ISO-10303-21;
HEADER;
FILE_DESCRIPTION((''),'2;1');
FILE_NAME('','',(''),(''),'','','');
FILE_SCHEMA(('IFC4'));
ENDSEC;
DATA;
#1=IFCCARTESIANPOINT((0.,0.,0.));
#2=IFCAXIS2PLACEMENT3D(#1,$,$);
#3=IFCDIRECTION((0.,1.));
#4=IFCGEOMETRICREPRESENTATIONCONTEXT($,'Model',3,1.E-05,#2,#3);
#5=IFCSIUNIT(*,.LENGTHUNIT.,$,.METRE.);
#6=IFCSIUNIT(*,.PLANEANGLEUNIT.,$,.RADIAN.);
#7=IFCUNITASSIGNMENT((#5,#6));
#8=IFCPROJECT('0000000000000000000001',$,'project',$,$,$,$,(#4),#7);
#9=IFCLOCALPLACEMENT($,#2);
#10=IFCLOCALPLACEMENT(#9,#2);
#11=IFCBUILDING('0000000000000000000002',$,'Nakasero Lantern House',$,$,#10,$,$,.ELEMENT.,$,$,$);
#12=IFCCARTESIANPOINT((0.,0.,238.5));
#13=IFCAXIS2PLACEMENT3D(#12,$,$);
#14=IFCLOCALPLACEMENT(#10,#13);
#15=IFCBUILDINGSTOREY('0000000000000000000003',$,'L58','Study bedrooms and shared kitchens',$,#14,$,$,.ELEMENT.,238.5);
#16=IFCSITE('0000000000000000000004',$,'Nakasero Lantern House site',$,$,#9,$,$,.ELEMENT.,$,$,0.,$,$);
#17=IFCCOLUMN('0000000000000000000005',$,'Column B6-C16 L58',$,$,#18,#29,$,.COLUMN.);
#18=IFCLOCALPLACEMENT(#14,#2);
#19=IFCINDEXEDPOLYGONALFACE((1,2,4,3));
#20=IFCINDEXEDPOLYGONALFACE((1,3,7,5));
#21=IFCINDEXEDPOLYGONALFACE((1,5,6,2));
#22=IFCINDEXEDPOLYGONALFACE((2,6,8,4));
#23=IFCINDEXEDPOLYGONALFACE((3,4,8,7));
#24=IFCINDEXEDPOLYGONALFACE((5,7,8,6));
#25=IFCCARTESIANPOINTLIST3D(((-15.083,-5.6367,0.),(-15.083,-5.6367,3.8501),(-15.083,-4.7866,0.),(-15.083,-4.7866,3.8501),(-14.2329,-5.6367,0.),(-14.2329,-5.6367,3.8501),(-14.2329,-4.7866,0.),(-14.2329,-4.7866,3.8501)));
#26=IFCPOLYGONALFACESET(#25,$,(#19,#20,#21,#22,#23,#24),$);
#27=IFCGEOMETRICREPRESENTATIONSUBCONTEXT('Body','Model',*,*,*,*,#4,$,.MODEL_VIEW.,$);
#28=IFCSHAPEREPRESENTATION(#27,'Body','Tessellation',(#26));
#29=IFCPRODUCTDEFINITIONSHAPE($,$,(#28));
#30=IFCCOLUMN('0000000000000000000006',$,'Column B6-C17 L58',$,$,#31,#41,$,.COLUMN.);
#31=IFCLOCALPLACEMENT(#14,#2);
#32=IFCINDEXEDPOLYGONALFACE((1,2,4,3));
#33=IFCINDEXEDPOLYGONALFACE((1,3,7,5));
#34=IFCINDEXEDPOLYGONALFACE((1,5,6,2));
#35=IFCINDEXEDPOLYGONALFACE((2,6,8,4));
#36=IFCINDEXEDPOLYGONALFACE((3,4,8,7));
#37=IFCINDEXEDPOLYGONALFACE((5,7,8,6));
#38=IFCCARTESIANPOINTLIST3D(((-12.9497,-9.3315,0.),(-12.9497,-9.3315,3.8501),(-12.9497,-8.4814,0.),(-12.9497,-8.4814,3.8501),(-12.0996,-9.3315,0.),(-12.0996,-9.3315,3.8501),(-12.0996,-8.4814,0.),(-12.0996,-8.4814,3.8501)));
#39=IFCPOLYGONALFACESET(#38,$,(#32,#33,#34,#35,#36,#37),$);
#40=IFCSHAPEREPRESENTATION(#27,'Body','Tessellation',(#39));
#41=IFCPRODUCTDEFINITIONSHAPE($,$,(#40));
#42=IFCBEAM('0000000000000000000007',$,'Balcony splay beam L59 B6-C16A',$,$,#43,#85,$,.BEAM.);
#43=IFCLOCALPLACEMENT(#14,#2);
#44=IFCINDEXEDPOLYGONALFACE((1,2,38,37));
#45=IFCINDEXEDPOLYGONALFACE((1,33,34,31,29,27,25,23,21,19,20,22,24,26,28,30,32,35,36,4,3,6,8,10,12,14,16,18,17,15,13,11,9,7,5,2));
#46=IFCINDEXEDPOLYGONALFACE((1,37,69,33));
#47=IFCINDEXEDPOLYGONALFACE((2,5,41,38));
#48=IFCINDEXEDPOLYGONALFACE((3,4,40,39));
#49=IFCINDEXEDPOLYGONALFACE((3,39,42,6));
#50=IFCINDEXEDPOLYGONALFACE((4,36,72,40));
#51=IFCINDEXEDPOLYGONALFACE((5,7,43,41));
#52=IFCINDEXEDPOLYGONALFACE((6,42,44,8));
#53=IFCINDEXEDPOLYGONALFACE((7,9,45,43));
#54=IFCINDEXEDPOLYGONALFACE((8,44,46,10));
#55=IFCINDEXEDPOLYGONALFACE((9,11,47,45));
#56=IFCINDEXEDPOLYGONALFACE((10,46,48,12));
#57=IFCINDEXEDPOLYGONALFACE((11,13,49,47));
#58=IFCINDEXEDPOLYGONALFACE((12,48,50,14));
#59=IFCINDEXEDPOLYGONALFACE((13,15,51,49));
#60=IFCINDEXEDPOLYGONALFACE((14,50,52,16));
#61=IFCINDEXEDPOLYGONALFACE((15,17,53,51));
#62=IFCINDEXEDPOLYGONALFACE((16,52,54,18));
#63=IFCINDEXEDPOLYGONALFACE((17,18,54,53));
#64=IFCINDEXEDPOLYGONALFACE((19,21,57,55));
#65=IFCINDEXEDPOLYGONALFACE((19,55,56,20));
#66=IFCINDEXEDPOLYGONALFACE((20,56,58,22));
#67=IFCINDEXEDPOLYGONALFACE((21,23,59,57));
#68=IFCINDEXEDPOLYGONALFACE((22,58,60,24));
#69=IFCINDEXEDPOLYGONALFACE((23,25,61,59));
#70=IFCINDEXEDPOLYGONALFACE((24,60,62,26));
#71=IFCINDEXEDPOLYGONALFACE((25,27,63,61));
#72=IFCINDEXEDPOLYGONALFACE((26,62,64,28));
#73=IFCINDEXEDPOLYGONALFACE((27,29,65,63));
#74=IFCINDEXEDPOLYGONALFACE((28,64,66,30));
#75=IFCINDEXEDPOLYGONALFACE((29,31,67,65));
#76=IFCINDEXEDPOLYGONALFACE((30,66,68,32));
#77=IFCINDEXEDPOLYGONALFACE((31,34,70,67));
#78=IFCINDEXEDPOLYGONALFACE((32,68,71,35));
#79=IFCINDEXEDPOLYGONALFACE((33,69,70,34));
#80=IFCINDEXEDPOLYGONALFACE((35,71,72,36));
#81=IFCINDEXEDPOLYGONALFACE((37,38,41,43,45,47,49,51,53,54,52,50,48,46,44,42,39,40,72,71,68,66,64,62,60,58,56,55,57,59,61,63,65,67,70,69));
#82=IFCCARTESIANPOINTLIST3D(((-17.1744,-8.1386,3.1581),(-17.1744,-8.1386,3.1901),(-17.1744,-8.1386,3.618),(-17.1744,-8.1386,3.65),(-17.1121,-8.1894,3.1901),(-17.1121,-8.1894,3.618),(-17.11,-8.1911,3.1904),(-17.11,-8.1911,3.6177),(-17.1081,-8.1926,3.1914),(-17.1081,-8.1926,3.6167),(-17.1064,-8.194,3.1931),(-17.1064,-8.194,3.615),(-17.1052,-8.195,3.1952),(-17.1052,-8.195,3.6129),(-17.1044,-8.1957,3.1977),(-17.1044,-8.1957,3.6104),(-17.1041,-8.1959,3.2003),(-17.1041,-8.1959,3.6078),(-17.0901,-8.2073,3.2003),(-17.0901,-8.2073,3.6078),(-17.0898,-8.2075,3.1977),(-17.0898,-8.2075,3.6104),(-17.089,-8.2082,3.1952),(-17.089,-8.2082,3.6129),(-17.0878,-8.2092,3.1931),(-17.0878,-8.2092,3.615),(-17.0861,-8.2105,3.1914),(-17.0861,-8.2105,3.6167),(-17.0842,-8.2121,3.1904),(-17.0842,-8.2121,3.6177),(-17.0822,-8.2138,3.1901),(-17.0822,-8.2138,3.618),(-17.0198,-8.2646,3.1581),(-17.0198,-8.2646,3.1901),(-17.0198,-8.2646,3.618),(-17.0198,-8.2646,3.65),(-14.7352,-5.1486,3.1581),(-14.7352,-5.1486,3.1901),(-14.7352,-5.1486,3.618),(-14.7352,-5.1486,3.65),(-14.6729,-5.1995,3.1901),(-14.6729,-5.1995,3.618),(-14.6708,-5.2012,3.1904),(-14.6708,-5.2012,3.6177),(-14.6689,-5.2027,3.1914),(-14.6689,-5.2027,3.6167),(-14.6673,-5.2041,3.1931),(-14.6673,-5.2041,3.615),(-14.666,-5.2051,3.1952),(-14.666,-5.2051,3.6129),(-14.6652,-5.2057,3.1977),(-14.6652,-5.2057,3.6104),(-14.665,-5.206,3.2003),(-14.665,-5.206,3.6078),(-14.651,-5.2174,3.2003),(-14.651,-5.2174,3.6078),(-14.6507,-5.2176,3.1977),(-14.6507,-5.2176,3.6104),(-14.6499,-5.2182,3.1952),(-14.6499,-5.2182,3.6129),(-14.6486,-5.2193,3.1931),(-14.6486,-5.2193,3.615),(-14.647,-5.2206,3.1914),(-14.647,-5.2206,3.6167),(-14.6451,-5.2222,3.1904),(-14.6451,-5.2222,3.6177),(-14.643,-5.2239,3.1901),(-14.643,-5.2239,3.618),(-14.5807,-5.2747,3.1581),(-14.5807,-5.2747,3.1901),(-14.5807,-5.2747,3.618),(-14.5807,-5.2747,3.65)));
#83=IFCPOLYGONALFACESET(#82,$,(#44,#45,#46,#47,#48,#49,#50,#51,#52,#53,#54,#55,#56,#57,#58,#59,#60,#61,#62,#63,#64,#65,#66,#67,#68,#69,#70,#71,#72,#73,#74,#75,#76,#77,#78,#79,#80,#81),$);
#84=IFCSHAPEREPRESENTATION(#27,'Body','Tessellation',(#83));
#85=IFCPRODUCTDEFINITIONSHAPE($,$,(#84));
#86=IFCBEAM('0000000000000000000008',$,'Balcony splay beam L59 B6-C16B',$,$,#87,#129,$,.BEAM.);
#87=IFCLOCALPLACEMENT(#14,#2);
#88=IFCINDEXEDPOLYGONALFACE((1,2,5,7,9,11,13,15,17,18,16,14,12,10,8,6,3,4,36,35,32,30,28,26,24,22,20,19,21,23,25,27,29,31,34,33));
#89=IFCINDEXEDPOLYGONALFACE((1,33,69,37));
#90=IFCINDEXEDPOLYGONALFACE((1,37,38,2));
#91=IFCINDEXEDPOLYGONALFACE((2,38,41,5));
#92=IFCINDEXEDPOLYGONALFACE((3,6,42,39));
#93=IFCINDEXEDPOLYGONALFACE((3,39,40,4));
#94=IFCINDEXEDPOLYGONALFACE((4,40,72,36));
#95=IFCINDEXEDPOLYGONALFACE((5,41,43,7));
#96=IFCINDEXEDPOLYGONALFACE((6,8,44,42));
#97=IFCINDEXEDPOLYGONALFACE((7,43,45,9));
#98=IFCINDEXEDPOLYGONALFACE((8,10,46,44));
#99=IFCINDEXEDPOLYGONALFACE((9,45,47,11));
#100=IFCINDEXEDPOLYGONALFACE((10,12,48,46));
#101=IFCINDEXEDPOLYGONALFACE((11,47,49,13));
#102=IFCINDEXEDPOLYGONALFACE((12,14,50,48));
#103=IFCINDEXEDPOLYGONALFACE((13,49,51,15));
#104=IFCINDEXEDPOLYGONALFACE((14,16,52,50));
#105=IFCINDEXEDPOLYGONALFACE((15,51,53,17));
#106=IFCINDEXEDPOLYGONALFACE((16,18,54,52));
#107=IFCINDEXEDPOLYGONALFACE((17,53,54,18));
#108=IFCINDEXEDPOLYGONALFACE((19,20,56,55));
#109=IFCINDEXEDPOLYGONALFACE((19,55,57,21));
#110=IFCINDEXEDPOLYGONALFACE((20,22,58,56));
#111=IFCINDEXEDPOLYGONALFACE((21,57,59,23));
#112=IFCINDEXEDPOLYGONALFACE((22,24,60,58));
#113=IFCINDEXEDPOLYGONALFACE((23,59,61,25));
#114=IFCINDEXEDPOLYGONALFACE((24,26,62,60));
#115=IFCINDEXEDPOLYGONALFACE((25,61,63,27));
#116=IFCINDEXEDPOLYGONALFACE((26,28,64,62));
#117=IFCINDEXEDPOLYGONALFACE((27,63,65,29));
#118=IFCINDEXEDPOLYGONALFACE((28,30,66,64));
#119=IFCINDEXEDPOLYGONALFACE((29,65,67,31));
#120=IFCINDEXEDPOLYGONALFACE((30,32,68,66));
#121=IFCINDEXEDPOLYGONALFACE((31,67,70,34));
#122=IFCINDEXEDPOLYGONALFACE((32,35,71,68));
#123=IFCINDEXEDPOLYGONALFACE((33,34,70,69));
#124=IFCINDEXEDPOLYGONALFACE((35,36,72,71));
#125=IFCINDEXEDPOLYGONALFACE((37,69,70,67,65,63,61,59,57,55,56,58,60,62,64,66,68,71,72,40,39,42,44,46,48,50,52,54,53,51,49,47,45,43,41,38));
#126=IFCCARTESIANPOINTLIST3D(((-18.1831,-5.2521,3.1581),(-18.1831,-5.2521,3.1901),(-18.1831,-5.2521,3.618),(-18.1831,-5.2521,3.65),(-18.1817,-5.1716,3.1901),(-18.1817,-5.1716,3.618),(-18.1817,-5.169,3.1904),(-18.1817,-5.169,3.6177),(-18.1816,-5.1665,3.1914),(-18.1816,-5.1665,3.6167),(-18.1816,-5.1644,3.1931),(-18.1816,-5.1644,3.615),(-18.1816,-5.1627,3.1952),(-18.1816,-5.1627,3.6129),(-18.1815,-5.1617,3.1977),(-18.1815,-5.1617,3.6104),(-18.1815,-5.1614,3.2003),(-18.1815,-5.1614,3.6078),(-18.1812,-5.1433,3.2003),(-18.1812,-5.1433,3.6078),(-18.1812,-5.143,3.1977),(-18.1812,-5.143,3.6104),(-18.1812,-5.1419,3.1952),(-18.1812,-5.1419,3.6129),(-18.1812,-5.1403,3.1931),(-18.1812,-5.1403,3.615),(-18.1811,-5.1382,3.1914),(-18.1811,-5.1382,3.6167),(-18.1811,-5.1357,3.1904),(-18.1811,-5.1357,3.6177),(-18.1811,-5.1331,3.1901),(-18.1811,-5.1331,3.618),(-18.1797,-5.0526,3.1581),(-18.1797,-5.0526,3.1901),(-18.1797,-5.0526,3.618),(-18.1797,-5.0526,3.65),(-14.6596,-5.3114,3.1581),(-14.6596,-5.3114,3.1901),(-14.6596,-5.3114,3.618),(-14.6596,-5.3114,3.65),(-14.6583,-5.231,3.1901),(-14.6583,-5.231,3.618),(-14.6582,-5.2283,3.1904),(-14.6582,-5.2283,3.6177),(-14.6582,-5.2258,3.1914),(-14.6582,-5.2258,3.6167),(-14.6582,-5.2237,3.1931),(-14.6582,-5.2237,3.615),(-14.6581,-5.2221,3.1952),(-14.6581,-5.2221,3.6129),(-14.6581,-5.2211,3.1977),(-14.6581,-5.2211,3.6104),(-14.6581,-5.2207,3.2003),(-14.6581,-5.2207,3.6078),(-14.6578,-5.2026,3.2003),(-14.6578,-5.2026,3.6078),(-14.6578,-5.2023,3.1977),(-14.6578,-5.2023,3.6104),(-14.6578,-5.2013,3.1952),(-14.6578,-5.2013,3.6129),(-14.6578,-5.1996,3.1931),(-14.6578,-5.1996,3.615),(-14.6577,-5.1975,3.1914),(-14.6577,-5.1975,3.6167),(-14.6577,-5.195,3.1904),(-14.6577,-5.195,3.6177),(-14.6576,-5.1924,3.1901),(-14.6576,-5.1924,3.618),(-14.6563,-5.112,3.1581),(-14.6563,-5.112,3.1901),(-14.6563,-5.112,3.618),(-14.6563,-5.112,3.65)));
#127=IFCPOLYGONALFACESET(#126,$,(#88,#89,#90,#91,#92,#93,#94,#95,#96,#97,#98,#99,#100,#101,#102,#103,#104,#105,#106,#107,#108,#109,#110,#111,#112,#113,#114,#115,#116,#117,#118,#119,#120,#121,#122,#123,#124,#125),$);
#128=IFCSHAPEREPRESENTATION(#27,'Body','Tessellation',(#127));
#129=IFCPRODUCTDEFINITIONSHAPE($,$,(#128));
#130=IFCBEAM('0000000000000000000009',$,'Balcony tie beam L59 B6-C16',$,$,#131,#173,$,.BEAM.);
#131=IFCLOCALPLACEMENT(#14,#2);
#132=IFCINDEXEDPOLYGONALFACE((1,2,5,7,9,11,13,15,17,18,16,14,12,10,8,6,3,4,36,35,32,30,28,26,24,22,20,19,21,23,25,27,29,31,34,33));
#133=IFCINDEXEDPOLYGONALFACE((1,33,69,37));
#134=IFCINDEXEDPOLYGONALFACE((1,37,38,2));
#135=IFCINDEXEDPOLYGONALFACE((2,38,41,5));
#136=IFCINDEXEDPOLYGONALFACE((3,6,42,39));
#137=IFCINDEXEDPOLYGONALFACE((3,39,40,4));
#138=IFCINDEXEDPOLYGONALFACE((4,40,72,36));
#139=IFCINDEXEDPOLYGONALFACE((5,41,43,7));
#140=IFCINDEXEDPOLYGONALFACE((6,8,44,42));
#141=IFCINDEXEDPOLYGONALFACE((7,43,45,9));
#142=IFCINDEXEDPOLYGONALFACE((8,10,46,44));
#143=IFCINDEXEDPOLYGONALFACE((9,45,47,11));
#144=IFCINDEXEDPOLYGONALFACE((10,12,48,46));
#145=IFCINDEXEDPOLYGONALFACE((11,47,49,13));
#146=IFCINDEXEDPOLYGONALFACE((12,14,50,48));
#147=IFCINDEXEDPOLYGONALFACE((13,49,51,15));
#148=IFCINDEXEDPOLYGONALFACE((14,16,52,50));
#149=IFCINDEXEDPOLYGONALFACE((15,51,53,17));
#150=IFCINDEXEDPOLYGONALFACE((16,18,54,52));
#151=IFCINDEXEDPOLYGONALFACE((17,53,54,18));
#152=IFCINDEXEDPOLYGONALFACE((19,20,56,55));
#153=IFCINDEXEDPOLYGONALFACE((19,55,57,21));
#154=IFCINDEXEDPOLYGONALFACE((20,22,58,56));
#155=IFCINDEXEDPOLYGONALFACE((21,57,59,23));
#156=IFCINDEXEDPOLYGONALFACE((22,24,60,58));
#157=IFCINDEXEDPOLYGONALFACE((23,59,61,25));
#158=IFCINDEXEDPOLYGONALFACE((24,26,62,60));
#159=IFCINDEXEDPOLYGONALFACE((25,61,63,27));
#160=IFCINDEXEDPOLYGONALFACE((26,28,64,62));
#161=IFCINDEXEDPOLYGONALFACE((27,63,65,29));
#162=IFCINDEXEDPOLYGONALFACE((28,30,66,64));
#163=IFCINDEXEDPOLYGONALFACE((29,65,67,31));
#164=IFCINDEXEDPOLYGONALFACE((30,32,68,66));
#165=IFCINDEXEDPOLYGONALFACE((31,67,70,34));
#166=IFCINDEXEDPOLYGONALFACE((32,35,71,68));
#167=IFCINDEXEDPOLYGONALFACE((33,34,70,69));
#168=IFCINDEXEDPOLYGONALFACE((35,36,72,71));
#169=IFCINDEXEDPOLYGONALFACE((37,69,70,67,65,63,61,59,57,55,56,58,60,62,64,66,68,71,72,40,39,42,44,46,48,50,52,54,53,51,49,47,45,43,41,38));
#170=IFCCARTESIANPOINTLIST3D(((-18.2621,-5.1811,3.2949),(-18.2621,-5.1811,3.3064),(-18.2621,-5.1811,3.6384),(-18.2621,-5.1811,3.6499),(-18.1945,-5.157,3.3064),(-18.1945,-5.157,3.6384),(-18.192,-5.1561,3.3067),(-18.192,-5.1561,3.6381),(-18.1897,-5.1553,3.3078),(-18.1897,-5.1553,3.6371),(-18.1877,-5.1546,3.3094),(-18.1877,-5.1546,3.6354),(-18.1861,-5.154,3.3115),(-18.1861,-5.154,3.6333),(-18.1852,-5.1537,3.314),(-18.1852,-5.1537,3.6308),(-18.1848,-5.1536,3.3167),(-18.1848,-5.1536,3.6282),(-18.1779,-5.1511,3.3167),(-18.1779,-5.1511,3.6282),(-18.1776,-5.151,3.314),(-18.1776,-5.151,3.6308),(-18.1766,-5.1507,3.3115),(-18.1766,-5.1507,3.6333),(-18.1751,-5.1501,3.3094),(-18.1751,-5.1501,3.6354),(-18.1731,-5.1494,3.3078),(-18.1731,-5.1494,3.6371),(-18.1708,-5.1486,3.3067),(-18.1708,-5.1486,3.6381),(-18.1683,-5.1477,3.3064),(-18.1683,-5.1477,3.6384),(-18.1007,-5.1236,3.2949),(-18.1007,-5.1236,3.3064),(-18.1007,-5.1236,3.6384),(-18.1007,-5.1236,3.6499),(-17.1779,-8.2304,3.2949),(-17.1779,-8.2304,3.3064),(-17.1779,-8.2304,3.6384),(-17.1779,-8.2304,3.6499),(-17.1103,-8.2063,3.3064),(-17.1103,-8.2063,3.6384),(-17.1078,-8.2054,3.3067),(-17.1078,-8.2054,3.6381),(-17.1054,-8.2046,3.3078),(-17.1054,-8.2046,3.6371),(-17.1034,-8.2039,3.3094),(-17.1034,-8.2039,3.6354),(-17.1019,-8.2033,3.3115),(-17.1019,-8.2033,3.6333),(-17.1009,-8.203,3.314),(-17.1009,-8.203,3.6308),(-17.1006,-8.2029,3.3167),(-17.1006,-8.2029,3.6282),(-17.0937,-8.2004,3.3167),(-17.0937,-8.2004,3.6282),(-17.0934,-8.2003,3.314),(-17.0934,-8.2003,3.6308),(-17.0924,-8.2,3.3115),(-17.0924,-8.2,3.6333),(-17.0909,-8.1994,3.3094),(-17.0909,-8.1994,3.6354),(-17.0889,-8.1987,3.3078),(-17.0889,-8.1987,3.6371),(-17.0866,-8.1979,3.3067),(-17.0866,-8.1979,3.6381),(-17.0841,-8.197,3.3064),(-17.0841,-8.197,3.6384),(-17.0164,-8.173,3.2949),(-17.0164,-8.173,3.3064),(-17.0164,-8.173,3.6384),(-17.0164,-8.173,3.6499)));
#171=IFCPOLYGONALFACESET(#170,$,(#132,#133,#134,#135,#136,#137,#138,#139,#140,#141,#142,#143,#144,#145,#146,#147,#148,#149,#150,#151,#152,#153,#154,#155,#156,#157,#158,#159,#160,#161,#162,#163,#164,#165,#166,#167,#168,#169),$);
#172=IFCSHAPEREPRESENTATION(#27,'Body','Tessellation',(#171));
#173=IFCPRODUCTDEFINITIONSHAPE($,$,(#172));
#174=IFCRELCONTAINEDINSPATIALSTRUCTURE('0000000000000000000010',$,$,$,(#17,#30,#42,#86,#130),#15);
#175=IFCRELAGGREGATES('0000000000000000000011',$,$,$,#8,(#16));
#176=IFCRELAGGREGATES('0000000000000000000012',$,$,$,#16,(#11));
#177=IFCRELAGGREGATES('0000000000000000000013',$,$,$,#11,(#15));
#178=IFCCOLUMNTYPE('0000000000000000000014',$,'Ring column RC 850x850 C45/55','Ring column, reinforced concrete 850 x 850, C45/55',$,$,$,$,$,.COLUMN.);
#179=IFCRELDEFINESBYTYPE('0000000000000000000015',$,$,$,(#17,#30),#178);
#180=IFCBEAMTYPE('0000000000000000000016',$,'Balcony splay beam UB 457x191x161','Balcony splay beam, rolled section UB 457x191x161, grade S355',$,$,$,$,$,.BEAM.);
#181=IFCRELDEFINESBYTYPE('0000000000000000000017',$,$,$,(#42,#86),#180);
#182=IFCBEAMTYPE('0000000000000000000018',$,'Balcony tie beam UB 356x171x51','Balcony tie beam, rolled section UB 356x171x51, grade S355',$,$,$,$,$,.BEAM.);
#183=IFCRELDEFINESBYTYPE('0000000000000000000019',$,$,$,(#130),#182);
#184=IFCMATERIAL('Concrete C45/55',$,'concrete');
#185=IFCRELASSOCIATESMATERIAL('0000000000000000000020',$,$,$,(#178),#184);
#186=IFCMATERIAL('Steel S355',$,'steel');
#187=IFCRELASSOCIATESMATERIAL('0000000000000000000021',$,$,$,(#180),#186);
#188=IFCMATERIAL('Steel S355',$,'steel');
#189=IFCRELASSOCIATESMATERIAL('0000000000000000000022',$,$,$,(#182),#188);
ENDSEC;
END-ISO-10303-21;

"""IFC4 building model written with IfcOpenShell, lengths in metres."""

from ifc_helpers import new_model, si_unit, direction, frame, origin, origin_2d, place, context, subcontext, project, spatial, rectangle, i_section, extrude, material, material_profile, profile_set, type_object, element, save


model = new_model("IFC4")

# Units and contexts
model_context = context("Model", 3, precision=1e-05, world=origin(), true_north=direction((0.0, 1.0)))
body_context = subcontext(model_context, "Body", "Model", "MODEL_VIEW")
ifc_project = project(units=[si_unit("LENGTHUNIT", "METRE"), si_unit("PLANEANGLEUNIT", "RADIAN")], contexts=[model_context])

# Site, building, storey
site_placement = place(None, origin())
site = spatial("IfcSite", under=ifc_project, at=site_placement, Name="Nakasero Lantern House site", CompositionType="ELEMENT", RefElevation=0.0)
building_placement = place(site_placement, origin())
building = spatial("IfcBuilding", under=site, at=building_placement, Name="Nakasero Lantern House", CompositionType="ELEMENT")
storey_placement = place(building_placement, frame((0.0, 0.0, 238.5)))
storey = spatial("IfcBuildingStorey", under=building, at=storey_placement, Name="L58", Description="Study bedrooms and shared kitchens", CompositionType="ELEMENT", Elevation=238.5)

# Columns
ifc_material_1 = material(Name="Concrete C45/55", Category="concrete")
ifc_material_profile_1 = material_profile(ifc_material_1, rectangle(XDim=0.8501, YDim=0.8501, at=origin_2d()), Name="RC 850x850")
ifc_profile_set_1 = profile_set([ifc_material_profile_1], Name="Concrete C45/55")
column_type = type_object("IfcColumnType", Name="Ring column RC 850x850 C45/55", Description="Ring column, reinforced concrete 850 x 850, C45/55", PredefinedType="COLUMN", material=ifc_profile_set_1)
for number, where, z_axis, x_axis, name in (
    (1, (-14.658, -5.2117, 0.0), (0.0, 0.0, 1.0), (1.0, 0.0, 0.0), "Column B6-C16 L58"),
    (2, (-12.5247, -8.9065, 0.0), (0.0, 0.0, 1.0), (1.0, 0.0, 0.0), "Column B6-C17 L58"),
):
    element("IfcColumn", number, at=place(storey_placement, frame(where, z_axis=z_axis, x_axis=x_axis)), inside=storey, type_object=column_type, Name=name, PredefinedType="COLUMN", context=body_context, shape_type="SweptSolid", body=[
        extrude(rectangle(XDim=0.8501, YDim=0.8501, at=origin_2d()), origin(), (0.0, 0.0, 1.0), 3.8501),
    ])

# Beams
ifc_material_2 = material(Name="Steel S355", Category="steel")
ifc_material_profile_2 = material_profile(ifc_material_2, i_section(OverallWidth=0.1995, OverallDepth=0.4919, WebThickness=0.0181, FlangeThickness=0.032, FilletRadius=0.0103, at=origin_2d()), Name="UB 457x191x161")
ifc_profile_set_2 = profile_set([ifc_material_profile_2], Name="Steel S355")
beam_type_1 = type_object("IfcBeamType", Name="Balcony splay beam UB 457x191x161", Description="Balcony splay beam, rolled section UB 457x191x161, grade S355", PredefinedType="BEAM", material=ifc_profile_set_2)
beam_1_placement = place(storey_placement, frame((-14.658, -5.2117, 3.4041), z_axis=(-0.632128, -0.774864, 0.0), x_axis=(0.774864, -0.632128, 0.0)))
element("IfcBeam", 3, at=beam_1_placement, inside=storey, type_object=beam_type_1, Name="Balcony splay beam L59 B6-C16A", PredefinedType="BEAM", context=body_context, shape_type="SweptSolid", body=[
    extrude(i_section(OverallWidth=0.1995, OverallDepth=0.4919, WebThickness=0.0181, FlangeThickness=0.032, FilletRadius=0.0103, at=origin_2d()), origin(), (0.0, 0.0, 1.0), 3.8586),
])
beam_2_placement = place(storey_placement, frame((-14.658, -5.2117, 3.4041), z_axis=(-0.999858, 0.016835, 0.0), x_axis=(-0.016835, -0.999858, 0.0)))
element("IfcBeam", 4, at=beam_2_placement, inside=storey, type_object=beam_type_1, Name="Balcony splay beam L59 B6-C16B", PredefinedType="BEAM", context=body_context, shape_type="SweptSolid", body=[
    extrude(i_section(OverallWidth=0.1995, OverallDepth=0.4919, WebThickness=0.0181, FlangeThickness=0.032, FilletRadius=0.0103, at=origin_2d()), origin(), (0.0, 0.0, 1.0), 3.5239),
])
ifc_material_3 = material(Name="Steel S355", Category="steel")
ifc_material_profile_3 = material_profile(ifc_material_3, i_section(OverallWidth=0.1714, OverallDepth=0.355, WebThickness=0.0073, FlangeThickness=0.0115, FilletRadius=0.0103, at=origin_2d()), Name="UB 356x171x51")
ifc_profile_set_3 = profile_set([ifc_material_profile_3], Name="Steel S355")
beam_type_2 = type_object("IfcBeamType", Name="Balcony tie beam UB 356x171x51", Description="Balcony tie beam, rolled section UB 356x171x51, grade S355", PredefinedType="BEAM", material=ifc_profile_set_3)
beam_3_placement = place(storey_placement, frame((-17.0972, -8.2017, 3.4724), z_axis=(-0.335017, 0.942212, 0.0), x_axis=(-0.942212, -0.335017, 0.0)))
element("IfcBeam", 5, at=beam_3_placement, inside=storey, type_object=beam_type_2, Name="Balcony tie beam L59 B6-C16", PredefinedType="BEAM", context=body_context, shape_type="SweptSolid", body=[
    extrude(i_section(OverallWidth=0.1714, OverallDepth=0.355, WebThickness=0.0073, FlangeThickness=0.0115, FilletRadius=0.0103, at=origin_2d()), origin(), (0.0, 0.0, 1.0), 3.2363),
])

save(model, "model.ifc")
